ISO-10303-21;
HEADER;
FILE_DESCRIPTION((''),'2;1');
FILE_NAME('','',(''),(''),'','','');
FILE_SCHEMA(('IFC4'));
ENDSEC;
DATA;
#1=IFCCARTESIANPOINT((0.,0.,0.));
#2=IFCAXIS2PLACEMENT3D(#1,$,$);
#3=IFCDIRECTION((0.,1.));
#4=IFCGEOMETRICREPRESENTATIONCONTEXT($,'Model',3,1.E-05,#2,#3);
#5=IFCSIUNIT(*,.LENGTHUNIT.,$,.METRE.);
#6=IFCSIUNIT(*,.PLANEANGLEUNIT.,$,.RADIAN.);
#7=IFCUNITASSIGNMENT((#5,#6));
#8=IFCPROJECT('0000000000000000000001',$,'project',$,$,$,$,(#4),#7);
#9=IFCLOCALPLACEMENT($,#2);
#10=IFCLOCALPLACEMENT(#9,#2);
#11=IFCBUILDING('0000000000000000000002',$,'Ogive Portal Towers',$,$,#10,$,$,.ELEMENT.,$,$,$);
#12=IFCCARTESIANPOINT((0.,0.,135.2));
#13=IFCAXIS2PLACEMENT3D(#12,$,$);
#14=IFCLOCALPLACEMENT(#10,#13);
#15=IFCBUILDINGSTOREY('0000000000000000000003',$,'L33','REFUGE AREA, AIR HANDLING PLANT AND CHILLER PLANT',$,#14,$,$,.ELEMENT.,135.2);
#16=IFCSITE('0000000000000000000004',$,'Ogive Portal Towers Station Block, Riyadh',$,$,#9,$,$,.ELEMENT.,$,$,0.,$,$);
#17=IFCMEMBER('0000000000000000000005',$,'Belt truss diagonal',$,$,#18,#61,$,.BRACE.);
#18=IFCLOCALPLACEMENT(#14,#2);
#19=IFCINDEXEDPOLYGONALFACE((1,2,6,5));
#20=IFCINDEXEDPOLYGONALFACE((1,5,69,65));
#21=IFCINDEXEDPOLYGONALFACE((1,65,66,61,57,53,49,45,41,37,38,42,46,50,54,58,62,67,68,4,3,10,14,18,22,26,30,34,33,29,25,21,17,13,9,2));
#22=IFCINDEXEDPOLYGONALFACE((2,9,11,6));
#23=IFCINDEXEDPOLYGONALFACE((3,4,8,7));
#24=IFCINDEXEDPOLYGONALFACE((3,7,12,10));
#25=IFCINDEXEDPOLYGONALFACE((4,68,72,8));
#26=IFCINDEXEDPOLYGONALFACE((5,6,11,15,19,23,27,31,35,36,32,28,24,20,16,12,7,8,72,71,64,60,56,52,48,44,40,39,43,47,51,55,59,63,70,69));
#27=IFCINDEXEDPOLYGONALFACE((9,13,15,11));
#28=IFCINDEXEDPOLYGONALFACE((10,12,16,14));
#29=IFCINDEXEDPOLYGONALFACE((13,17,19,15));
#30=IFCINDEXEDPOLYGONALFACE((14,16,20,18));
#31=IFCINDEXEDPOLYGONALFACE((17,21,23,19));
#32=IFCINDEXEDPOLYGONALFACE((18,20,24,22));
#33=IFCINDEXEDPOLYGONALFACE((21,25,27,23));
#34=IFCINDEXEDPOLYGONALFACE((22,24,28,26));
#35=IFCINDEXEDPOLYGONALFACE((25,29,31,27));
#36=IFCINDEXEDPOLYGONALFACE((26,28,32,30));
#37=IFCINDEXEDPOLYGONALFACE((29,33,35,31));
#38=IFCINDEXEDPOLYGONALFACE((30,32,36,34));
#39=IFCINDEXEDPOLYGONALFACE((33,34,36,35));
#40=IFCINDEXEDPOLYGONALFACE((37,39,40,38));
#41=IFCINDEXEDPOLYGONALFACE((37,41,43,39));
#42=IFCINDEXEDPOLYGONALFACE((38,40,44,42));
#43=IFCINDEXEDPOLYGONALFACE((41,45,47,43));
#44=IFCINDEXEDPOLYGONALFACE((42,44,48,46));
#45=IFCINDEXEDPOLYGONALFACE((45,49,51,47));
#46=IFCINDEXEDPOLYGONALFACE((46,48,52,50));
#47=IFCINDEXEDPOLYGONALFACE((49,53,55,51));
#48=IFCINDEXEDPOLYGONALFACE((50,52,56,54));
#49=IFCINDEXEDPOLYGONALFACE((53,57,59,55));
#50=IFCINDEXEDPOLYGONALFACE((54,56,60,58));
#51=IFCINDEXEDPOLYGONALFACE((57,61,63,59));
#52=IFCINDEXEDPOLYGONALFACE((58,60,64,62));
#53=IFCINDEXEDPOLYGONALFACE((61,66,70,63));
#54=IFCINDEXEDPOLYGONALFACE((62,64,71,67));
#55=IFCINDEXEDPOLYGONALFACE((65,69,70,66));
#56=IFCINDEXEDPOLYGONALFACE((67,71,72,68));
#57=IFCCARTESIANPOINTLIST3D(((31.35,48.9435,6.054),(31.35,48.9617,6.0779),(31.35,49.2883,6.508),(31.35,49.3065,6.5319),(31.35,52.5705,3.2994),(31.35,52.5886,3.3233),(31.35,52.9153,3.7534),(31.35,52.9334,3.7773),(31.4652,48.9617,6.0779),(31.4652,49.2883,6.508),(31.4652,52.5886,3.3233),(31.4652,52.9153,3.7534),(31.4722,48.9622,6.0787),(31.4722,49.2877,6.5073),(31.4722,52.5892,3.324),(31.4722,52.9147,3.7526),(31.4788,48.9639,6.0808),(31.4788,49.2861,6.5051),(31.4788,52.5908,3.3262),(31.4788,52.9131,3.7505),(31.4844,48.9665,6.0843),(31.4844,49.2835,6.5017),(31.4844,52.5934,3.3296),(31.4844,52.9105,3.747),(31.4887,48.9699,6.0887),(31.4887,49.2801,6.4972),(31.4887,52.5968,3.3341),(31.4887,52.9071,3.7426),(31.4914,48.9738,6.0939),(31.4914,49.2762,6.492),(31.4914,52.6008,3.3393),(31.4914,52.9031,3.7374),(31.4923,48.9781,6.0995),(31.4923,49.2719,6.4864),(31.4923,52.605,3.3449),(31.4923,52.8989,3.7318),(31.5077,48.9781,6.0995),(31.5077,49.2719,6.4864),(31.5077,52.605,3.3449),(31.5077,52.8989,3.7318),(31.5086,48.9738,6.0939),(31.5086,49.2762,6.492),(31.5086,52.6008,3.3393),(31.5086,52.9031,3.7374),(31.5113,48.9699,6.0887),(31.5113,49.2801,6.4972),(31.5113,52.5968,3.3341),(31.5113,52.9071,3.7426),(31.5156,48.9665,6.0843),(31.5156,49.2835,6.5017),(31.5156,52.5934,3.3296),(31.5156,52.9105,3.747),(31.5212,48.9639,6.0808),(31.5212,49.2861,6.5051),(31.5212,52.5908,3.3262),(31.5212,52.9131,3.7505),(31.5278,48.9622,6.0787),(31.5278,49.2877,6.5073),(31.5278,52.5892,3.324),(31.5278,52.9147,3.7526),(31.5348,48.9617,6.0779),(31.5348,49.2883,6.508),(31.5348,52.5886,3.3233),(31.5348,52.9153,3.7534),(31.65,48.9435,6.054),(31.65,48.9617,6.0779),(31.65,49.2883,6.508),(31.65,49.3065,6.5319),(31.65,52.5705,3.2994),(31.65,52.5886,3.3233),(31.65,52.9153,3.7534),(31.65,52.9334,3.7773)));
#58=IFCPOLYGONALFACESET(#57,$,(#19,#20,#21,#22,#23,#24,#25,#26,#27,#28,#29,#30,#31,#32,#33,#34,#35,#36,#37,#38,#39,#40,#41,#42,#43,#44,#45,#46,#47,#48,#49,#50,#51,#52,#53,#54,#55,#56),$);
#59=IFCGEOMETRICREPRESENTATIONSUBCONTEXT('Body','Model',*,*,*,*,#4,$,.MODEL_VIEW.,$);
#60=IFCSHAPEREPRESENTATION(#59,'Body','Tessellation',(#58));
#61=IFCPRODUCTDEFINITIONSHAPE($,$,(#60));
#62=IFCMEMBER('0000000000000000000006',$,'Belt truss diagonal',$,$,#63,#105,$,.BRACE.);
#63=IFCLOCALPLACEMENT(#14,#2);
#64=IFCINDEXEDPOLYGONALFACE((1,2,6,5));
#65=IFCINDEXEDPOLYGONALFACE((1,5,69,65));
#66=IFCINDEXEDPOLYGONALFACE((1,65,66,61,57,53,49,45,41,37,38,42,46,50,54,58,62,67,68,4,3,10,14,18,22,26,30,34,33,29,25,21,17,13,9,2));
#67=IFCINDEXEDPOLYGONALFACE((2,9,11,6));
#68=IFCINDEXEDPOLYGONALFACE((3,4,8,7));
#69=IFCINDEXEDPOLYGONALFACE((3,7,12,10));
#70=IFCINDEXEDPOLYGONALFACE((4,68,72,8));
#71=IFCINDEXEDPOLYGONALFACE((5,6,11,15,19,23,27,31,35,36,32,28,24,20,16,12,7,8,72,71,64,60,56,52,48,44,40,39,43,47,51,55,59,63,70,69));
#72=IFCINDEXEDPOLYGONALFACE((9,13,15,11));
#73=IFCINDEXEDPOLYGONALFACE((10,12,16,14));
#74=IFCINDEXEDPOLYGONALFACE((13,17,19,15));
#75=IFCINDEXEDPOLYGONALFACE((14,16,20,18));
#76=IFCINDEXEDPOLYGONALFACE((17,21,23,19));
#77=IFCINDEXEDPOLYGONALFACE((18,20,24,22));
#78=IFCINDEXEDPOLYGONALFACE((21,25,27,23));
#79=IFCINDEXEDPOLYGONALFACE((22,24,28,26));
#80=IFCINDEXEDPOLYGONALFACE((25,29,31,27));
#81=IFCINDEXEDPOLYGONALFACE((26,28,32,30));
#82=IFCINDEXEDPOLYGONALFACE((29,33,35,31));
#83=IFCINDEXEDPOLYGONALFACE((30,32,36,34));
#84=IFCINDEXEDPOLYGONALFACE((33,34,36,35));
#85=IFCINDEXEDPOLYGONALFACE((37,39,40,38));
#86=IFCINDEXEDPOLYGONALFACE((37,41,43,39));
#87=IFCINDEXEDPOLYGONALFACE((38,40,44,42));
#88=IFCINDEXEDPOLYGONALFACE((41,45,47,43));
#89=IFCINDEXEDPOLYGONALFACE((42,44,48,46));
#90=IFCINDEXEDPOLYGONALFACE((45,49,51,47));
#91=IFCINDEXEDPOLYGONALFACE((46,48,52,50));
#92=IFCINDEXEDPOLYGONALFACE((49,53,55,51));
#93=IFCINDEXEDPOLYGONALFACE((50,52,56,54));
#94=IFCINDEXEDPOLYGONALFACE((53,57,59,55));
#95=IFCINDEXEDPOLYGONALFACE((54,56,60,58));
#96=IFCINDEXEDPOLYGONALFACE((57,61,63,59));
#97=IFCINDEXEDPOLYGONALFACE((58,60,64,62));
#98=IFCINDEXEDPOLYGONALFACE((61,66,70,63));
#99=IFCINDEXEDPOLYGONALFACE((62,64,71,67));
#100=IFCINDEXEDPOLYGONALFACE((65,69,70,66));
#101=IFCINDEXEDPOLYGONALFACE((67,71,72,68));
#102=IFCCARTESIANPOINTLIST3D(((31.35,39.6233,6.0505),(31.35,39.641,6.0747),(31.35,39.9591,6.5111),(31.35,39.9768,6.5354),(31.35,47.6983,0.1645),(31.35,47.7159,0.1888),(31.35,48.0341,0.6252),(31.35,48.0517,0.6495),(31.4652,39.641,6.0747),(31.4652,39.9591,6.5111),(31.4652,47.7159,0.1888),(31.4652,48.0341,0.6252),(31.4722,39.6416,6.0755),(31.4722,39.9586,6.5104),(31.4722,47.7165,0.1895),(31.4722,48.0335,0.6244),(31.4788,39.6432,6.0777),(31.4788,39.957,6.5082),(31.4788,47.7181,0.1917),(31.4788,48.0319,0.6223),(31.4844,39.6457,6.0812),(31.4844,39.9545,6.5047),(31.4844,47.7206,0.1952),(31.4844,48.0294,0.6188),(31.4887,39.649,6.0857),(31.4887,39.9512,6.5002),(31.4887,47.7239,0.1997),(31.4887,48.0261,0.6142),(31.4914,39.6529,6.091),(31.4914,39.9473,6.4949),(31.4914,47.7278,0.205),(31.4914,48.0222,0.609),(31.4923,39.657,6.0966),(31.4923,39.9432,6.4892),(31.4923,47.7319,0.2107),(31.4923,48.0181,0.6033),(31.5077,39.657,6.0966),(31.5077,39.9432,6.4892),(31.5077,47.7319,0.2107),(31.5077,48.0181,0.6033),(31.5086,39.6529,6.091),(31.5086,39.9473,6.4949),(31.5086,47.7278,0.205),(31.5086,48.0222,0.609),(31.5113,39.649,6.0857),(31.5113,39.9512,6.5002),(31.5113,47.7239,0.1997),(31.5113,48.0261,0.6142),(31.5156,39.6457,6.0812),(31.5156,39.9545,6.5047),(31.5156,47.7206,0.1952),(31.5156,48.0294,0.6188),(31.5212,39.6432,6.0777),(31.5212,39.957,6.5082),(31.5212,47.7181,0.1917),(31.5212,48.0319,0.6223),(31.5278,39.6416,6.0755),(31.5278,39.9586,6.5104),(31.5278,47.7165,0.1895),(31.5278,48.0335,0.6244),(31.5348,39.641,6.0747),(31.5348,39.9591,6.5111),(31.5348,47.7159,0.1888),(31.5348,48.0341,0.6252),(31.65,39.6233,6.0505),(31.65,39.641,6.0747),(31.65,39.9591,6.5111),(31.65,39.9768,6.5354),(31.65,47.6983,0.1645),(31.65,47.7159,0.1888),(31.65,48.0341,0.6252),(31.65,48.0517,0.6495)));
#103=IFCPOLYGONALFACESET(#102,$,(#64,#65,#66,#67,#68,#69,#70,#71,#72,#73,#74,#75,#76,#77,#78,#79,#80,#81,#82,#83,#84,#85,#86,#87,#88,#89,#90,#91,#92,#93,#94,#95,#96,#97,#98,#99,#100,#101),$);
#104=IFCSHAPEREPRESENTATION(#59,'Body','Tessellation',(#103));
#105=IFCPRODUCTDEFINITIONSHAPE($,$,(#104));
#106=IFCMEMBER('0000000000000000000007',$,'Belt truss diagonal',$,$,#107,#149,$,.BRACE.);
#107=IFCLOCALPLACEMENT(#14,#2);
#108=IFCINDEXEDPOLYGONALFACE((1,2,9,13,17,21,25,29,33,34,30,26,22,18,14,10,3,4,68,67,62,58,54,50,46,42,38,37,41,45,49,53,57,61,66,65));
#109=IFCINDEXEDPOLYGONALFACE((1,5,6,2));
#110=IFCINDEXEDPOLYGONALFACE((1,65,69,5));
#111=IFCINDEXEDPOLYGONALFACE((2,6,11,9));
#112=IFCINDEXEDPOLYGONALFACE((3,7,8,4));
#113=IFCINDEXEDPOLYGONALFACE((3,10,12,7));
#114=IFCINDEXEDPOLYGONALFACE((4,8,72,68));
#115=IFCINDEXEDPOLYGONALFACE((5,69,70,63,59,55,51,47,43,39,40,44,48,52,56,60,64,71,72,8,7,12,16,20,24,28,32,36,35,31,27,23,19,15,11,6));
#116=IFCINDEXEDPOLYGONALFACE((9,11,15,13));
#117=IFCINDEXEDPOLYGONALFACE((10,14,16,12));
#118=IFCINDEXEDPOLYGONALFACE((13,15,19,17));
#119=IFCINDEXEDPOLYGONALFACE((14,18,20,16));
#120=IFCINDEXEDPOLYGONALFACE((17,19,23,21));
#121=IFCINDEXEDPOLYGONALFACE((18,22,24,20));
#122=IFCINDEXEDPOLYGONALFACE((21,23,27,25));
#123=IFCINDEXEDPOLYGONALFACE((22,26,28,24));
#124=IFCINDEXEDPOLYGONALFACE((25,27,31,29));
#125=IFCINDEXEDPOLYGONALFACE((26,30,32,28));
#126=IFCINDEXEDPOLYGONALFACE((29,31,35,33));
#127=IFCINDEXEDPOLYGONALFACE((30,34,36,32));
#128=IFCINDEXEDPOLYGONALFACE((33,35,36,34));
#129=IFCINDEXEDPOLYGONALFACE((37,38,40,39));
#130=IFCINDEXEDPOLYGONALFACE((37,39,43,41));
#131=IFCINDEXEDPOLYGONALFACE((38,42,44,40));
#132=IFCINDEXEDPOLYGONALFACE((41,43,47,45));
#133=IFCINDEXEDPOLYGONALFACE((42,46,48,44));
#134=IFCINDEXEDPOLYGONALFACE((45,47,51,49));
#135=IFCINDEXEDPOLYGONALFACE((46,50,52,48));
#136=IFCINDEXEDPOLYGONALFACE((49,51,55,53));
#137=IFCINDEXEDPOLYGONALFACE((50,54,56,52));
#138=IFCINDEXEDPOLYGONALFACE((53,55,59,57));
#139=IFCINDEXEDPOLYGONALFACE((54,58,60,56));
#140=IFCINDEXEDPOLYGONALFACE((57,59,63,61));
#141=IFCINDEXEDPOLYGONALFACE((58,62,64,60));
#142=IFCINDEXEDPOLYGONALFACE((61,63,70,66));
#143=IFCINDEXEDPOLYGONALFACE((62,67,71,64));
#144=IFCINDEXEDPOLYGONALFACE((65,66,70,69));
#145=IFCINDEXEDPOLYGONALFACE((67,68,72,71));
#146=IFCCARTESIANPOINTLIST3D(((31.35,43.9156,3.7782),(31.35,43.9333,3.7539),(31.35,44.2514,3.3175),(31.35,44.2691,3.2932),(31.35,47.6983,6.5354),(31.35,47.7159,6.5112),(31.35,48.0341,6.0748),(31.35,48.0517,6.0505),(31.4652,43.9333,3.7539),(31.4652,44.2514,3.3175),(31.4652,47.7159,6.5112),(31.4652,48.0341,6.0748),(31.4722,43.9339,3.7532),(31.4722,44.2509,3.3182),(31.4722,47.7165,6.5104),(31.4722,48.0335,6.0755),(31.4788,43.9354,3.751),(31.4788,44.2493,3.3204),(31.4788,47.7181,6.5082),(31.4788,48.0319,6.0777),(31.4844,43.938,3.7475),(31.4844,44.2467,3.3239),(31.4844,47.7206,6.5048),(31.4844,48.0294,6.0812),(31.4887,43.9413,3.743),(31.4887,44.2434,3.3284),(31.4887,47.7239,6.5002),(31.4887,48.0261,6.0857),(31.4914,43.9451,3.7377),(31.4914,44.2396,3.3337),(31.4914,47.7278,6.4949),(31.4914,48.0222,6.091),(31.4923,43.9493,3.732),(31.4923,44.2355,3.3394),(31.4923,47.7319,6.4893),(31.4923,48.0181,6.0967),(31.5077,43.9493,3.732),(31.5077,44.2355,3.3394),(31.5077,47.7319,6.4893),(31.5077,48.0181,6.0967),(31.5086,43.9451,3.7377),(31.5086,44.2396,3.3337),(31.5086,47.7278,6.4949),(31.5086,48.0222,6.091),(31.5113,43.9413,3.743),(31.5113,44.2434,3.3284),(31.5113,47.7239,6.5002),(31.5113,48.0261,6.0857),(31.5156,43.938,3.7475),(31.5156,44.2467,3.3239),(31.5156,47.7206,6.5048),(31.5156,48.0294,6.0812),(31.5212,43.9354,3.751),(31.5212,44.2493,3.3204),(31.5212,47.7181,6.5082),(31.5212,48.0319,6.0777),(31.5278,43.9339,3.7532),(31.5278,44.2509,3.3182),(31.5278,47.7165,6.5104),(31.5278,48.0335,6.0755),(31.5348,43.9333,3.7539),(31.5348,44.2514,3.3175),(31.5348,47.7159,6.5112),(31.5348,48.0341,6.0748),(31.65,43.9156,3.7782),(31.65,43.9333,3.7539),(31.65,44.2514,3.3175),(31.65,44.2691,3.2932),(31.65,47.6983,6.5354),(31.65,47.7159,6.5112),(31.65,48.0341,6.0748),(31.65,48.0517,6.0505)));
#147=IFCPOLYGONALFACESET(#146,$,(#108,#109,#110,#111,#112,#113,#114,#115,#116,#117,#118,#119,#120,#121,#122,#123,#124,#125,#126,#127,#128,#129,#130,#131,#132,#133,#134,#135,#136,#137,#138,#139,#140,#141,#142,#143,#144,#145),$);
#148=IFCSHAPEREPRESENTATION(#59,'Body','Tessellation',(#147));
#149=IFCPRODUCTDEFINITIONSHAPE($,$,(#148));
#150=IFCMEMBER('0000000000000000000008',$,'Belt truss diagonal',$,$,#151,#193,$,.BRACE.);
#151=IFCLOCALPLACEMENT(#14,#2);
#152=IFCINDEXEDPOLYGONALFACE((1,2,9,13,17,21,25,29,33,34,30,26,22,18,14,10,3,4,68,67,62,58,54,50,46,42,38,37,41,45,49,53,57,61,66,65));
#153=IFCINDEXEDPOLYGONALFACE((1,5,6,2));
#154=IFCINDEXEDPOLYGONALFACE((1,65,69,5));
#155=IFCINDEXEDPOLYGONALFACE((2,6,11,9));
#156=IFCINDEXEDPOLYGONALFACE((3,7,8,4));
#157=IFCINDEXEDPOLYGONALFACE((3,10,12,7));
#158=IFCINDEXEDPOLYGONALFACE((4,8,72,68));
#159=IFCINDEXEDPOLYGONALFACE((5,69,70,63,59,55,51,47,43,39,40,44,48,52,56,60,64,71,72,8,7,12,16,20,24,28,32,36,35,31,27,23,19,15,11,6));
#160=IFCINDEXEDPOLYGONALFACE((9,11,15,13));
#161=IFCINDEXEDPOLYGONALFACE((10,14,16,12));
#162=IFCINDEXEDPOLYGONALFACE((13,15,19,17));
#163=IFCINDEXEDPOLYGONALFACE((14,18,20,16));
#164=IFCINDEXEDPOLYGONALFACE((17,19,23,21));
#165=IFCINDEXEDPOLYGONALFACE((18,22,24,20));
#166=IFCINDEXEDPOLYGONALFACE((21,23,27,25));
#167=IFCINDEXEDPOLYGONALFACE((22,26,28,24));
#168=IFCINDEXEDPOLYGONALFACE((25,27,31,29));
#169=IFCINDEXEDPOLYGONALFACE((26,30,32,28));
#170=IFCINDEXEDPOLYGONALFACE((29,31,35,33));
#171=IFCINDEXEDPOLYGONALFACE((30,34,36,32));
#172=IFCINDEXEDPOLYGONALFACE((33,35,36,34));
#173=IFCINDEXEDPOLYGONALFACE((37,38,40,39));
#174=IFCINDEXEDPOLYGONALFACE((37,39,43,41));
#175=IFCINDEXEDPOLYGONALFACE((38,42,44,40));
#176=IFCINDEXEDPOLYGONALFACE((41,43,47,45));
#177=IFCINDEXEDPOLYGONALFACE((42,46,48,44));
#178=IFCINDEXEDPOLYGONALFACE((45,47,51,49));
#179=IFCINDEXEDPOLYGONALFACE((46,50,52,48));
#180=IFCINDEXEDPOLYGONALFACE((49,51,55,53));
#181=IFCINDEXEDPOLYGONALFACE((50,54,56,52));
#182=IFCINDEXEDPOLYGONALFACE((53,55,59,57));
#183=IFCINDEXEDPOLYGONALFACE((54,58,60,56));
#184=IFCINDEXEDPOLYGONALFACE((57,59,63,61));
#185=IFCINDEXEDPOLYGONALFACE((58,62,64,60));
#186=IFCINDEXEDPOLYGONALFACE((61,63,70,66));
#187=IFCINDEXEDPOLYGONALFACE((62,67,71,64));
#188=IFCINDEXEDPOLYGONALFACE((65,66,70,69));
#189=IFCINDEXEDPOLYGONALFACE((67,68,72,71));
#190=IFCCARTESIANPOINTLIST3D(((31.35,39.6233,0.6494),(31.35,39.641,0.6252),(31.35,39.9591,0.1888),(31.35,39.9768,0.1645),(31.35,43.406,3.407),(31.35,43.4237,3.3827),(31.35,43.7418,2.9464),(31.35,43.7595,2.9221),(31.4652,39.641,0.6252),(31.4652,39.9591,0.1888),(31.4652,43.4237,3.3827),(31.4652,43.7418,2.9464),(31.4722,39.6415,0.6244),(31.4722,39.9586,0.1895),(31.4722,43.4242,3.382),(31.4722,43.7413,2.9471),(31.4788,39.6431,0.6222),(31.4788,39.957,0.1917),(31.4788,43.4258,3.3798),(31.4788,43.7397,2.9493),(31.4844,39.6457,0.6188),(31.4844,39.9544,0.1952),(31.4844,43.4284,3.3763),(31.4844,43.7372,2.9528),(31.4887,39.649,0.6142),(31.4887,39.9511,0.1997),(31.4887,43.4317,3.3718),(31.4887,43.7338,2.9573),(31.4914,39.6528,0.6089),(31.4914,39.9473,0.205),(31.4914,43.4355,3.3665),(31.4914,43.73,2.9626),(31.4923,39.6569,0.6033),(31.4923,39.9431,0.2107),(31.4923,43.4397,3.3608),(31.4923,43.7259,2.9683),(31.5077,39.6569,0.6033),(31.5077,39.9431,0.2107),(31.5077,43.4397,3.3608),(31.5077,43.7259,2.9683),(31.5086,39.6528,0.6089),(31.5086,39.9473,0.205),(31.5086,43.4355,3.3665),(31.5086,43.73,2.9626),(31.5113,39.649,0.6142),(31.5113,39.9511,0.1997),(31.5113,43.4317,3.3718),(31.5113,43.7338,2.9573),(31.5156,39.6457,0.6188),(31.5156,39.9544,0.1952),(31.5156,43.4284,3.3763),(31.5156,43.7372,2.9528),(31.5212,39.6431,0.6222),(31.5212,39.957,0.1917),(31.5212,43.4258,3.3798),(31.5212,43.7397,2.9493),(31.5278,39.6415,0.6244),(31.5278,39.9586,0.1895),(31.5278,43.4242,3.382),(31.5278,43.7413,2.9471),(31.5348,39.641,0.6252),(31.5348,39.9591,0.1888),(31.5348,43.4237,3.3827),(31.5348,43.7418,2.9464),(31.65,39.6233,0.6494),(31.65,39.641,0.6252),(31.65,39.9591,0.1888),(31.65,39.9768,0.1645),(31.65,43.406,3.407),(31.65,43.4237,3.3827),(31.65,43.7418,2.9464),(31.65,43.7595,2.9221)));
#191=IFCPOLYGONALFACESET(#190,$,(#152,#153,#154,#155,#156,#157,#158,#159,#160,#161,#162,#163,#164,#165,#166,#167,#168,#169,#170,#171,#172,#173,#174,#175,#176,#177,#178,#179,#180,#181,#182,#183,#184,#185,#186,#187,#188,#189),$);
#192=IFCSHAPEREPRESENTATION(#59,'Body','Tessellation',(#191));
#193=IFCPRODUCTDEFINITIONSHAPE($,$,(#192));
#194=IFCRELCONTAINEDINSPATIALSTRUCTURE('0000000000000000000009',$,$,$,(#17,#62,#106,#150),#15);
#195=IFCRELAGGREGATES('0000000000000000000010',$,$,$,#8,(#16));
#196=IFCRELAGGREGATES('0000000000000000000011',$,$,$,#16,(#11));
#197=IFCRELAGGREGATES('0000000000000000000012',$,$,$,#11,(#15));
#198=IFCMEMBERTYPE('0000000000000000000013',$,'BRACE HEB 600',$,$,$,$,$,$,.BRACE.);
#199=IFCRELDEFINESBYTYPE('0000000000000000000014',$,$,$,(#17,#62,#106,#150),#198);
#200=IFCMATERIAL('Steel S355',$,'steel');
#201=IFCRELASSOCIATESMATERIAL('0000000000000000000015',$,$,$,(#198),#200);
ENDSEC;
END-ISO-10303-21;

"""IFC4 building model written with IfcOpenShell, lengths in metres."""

from ifc_helpers import new_model, si_unit, direction, frame, origin, origin_2d, place, context, subcontext, project, spatial, i_section, extrude, material, material_profile, profile_set, type_object, element, save


model = new_model("IFC4")

# Units and contexts
model_context = context("Model", 3, precision=1e-05, world=origin(), true_north=direction((0.0, 1.0)))
body_context = subcontext(model_context, "Body", "Model", "MODEL_VIEW")
ifc_project = project(units=[si_unit("LENGTHUNIT", "METRE"), si_unit("PLANEANGLEUNIT", "RADIAN")], contexts=[model_context])

# Site, building, storey
site_placement = place(None, origin())
site = spatial("IfcSite", under=ifc_project, at=site_placement, Name="Ogive Portal Towers Station Block, Riyadh", CompositionType="ELEMENT", RefElevation=0.0)
building_placement = place(site_placement, origin())
building = spatial("IfcBuilding", under=site, at=building_placement, Name="Ogive Portal Towers", CompositionType="ELEMENT")
storey_placement = place(building_placement, frame((0.0, 0.0, 135.2)))
storey = spatial("IfcBuildingStorey", under=building, at=storey_placement, Name="L33", Description="REFUGE AREA, AIR HANDLING PLANT AND CHILLER PLANT", CompositionType="ELEMENT", Elevation=135.2)

# Members
ifc_material_1 = material(Name="Steel S355", Category="steel")
ifc_material_profile_1 = material_profile(ifc_material_1, i_section(OverallWidth=0.3, OverallDepth=0.6001, WebThickness=0.0154, FlangeThickness=0.03, FilletRadius=0.0271, at=origin_2d()), Name="HEB 600")
ifc_profile_set_1 = profile_set([ifc_material_profile_1], Name="Steel S355")
member_type_1 = type_object("IfcMemberType", Name="BRACE HEB 600", PredefinedType="BRACE", material=ifc_profile_set_1)
for number, where, z_axis, x_axis, name in (
    (1, (31.5, 52.752, 3.5383), (0.0, -0.796357, 0.604826), (1.0, 0.0, 0.0), "Belt truss diagonal"),
):
    element("IfcMember", number, at=place(storey_placement, frame(where, z_axis=z_axis, x_axis=x_axis)), inside=storey, type_object=member_type_1, Name=name, PredefinedType="BRACE", context=body_context, shape_type="SweptSolid", body=[
        extrude(i_section(OverallWidth=0.3, OverallDepth=0.6001, WebThickness=0.0154, FlangeThickness=0.03, FilletRadius=0.0271, at=origin_2d()), origin(), (0.0, 0.0, 1.0), 4.5544),
    ])
member_1_placement = place(storey_placement, frame((31.5, 47.875, 0.407), z_axis=(0.0, -0.808103, 0.589042), x_axis=(1.0, 0.0, 0.0)))
element("IfcMember", 2, at=member_1_placement, inside=storey, type_object=member_type_1, Name="Belt truss diagonal", PredefinedType="BRACE", context=body_context, shape_type="SweptSolid", body=[
    extrude(i_section(OverallWidth=0.3, OverallDepth=0.6001, WebThickness=0.0154, FlangeThickness=0.03, FilletRadius=0.0271, at=origin_2d()), origin(), (0.0, 0.0, 1.0), 9.9924),
])
member_2_placement = place(storey_placement, frame((31.5, 47.875, 6.293), z_axis=(0.0, -0.8081, -0.589046), x_axis=(1.0, 0.0, 0.0)))
element("IfcMember", 3, at=member_2_placement, inside=storey, type_object=member_type_1, Name="Belt truss diagonal", PredefinedType="BRACE", context=body_context, shape_type="SweptSolid", body=[
    extrude(i_section(OverallWidth=0.3, OverallDepth=0.6001, WebThickness=0.0154, FlangeThickness=0.03, FilletRadius=0.0271, at=origin_2d()), origin(), (0.0, 0.0, 1.0), 4.6809),
])
member_3_placement = place(storey_placement, frame((31.5, 43.5828, 3.1646), z_axis=(0.0, -0.808075, -0.58908), x_axis=(1.0, 0.0, 0.0)))
element("IfcMember", 4, at=member_3_placement, inside=storey, type_object=member_type_1, Name="Belt truss diagonal", PredefinedType="BRACE", context=body_context, shape_type="SweptSolid", body=[
    extrude(i_section(OverallWidth=0.3, OverallDepth=0.6001, WebThickness=0.0154, FlangeThickness=0.03, FilletRadius=0.0271, at=origin_2d()), origin(), (0.0, 0.0, 1.0), 4.6812),
])

save(model, "model.ifc")
